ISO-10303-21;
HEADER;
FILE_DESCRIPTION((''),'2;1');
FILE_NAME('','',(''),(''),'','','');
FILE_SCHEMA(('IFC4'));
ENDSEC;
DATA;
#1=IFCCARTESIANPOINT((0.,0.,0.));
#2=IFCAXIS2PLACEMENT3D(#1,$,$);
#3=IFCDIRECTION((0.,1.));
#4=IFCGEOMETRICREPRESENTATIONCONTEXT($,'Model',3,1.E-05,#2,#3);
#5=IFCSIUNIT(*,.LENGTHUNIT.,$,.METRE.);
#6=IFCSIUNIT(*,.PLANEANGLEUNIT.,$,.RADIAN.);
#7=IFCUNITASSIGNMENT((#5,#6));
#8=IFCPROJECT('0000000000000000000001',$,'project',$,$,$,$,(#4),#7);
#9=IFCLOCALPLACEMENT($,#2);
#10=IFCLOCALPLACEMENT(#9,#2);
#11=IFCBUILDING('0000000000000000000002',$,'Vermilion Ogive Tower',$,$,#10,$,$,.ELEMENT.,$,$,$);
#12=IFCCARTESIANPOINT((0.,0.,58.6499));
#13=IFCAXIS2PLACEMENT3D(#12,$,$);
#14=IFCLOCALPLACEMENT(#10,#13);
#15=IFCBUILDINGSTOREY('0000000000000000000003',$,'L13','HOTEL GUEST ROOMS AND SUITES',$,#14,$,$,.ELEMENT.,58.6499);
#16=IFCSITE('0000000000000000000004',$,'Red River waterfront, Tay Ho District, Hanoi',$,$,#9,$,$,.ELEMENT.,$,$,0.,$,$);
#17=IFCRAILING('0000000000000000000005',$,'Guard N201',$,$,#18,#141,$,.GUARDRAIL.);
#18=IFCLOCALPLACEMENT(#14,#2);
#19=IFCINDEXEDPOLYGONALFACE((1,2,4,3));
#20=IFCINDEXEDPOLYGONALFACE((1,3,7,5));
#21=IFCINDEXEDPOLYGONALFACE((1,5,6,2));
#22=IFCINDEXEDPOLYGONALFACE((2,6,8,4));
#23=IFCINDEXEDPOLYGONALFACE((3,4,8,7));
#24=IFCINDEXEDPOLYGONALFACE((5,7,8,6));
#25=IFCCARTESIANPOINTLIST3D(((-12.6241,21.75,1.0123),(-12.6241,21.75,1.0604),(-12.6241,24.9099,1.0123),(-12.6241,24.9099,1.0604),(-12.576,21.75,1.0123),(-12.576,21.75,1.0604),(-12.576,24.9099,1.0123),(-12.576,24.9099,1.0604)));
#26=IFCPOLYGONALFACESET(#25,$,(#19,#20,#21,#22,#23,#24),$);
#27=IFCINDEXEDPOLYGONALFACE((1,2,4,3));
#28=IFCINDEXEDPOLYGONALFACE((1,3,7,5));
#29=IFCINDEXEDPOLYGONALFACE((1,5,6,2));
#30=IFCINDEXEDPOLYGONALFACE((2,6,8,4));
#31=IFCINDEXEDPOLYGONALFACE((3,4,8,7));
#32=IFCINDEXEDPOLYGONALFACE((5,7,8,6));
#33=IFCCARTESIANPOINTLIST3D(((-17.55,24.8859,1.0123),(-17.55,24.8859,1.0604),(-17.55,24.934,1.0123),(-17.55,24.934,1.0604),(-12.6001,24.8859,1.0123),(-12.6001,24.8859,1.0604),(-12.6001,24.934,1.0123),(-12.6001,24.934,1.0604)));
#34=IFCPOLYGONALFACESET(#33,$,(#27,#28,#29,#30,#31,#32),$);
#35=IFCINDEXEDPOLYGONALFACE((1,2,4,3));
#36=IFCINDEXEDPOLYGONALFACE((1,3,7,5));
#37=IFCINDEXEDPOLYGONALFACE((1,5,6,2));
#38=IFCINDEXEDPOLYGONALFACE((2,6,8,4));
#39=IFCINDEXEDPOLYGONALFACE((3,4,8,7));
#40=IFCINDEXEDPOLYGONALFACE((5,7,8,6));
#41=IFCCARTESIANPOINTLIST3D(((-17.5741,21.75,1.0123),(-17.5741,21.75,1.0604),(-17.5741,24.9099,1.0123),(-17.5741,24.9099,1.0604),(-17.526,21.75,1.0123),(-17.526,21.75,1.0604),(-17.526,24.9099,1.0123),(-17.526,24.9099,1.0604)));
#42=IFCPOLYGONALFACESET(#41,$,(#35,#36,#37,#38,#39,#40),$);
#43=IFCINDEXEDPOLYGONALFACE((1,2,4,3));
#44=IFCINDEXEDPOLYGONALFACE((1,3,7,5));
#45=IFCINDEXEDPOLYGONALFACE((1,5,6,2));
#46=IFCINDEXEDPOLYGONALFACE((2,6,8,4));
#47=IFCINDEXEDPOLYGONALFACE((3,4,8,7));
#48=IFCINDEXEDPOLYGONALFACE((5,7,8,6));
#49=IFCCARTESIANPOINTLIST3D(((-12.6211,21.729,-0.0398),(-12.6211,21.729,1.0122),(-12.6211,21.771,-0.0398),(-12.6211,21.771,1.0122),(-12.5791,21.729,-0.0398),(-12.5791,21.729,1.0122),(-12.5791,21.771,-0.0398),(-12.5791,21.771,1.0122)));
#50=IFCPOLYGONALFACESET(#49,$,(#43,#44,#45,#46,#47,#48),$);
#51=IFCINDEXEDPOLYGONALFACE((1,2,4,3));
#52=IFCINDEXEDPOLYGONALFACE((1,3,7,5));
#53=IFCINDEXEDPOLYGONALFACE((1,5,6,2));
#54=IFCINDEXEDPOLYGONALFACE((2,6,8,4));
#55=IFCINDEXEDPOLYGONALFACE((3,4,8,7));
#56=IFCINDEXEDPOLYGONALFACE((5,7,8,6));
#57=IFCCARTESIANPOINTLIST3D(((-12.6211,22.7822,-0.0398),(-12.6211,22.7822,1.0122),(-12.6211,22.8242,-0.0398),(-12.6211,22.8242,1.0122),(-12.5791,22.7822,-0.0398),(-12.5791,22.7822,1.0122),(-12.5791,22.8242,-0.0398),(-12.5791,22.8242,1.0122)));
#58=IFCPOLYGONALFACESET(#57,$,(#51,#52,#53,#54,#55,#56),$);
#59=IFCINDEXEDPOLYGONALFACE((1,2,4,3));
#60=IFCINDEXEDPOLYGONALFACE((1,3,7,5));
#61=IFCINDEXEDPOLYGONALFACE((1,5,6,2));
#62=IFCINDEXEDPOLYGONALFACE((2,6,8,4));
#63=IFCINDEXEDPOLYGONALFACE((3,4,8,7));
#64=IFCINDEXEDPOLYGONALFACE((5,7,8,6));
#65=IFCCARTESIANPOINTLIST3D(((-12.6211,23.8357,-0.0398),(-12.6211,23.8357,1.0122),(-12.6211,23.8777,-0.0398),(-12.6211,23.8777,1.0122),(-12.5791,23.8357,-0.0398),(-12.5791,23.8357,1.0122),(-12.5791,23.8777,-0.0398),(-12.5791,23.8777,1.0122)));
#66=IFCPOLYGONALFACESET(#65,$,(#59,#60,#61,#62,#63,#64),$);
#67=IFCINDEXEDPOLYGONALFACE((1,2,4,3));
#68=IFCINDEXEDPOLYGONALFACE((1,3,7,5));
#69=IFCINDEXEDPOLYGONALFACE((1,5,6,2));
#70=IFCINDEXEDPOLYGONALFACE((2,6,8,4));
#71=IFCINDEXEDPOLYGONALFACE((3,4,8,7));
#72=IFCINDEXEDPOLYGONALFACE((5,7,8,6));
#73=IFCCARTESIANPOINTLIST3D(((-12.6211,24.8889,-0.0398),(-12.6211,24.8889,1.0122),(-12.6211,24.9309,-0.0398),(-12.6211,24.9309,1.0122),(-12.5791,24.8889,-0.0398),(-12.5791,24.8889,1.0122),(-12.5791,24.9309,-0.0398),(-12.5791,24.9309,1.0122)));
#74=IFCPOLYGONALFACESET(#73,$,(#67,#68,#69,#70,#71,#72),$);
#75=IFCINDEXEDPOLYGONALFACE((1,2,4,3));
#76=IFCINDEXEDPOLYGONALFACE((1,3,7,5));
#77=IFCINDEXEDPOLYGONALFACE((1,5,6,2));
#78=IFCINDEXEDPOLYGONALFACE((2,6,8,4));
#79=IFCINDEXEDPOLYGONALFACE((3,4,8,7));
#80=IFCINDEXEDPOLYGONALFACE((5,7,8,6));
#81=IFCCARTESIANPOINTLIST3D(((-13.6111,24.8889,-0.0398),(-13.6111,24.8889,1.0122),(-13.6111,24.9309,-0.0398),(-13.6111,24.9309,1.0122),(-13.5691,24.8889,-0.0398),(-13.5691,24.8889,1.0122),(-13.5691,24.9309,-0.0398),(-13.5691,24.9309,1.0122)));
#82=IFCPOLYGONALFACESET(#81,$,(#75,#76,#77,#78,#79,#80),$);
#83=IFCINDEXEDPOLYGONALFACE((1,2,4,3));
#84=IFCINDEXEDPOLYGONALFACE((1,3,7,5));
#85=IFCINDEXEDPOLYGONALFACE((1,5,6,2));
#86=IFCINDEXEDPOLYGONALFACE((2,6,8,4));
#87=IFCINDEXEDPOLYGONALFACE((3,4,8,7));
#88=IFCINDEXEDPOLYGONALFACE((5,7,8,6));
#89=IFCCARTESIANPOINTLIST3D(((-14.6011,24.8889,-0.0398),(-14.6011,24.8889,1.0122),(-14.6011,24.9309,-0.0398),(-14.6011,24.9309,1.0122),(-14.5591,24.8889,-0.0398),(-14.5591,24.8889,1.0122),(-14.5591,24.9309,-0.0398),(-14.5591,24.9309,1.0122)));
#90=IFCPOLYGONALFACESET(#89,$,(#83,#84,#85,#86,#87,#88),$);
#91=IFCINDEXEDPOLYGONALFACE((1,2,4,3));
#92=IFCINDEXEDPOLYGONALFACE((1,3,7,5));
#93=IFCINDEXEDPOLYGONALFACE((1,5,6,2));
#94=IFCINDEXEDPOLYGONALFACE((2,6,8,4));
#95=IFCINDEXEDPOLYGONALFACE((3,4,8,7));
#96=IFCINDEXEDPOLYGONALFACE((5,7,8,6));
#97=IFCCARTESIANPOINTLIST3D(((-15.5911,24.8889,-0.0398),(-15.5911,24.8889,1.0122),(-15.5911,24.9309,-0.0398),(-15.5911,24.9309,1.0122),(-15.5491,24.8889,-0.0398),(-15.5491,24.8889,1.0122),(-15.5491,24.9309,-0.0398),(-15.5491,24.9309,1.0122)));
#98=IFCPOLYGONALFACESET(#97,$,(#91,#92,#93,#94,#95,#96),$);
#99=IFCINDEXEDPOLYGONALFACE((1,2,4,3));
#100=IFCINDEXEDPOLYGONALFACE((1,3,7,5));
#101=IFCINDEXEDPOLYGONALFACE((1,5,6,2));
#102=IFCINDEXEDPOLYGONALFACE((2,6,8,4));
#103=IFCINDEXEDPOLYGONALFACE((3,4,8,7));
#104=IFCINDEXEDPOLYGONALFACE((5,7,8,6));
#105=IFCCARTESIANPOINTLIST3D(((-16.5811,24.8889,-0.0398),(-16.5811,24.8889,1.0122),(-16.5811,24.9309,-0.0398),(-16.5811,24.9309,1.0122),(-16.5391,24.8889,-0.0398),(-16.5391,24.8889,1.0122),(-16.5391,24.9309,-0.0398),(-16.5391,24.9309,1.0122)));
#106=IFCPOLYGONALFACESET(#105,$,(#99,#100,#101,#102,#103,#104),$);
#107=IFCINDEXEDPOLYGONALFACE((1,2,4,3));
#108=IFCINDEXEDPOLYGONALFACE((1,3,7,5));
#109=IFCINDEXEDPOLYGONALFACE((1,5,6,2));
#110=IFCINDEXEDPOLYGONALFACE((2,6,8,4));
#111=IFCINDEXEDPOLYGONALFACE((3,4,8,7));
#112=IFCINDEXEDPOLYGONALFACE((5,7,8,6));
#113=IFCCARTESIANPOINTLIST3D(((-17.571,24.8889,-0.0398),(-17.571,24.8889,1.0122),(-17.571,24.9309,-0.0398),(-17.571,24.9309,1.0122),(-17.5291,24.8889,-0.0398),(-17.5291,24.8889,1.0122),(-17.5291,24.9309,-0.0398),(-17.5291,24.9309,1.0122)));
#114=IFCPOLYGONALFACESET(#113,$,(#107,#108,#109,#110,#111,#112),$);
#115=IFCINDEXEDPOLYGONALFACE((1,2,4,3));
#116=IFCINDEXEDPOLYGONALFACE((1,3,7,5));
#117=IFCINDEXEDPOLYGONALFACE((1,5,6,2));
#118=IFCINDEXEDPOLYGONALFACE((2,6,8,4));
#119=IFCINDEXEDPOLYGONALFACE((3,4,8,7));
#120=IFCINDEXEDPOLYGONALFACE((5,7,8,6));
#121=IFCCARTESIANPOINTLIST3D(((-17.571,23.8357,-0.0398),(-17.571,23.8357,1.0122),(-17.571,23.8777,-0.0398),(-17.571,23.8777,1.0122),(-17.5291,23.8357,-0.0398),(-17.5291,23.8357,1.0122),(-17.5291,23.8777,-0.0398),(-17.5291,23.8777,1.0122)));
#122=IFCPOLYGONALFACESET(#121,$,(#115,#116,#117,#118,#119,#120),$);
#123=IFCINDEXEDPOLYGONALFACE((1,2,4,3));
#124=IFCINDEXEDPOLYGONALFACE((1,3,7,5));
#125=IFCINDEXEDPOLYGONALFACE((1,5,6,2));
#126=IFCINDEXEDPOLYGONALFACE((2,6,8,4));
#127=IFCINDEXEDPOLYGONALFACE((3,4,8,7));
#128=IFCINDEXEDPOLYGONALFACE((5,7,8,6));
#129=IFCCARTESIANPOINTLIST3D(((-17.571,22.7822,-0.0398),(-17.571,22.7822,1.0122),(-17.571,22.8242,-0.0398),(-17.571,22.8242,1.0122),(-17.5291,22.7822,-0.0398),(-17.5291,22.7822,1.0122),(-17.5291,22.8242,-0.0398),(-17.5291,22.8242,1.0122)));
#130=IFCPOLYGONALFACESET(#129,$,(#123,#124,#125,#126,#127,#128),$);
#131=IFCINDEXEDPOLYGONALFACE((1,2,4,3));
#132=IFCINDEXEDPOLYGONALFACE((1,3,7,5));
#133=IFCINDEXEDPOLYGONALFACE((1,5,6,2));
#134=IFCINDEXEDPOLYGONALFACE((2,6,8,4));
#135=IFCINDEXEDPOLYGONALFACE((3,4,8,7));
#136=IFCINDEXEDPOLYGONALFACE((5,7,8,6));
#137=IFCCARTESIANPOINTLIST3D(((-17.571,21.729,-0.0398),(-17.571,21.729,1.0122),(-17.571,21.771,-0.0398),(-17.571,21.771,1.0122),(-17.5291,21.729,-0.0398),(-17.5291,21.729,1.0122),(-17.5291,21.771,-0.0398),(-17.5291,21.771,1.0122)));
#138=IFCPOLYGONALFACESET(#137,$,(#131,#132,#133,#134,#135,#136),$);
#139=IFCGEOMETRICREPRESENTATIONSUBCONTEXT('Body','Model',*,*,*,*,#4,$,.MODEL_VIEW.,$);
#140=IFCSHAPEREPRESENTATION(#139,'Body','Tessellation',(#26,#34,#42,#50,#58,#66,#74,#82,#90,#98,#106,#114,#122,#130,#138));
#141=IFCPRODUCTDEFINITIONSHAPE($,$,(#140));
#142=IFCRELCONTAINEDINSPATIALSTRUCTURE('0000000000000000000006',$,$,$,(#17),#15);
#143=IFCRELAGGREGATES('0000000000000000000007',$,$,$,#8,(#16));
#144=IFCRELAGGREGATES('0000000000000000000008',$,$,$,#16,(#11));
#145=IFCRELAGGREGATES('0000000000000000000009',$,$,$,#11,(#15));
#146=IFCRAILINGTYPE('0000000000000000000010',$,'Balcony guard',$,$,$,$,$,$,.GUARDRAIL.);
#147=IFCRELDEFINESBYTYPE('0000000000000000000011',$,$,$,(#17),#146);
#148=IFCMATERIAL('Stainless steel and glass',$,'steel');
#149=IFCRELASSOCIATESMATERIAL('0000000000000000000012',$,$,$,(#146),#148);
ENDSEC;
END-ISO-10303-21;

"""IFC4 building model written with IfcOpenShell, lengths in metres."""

from ifc_helpers import new_model, si_unit, direction, frame, origin, origin_2d, place, context, subcontext, project, spatial, rectangle, extrude, material, type_object, element, save


model = new_model("IFC4")

# Units and contexts
model_context = context("Model", 3, precision=1e-05, world=origin(), true_north=direction((0.0, 1.0)))
body_context = subcontext(model_context, "Body", "Model", "MODEL_VIEW")
ifc_project = project(units=[si_unit("LENGTHUNIT", "METRE"), si_unit("PLANEANGLEUNIT", "RADIAN")], contexts=[model_context])

# Site, building, storey
site_placement = place(None, origin())
site = spatial("IfcSite", under=ifc_project, at=site_placement, Name="Red River waterfront, Tay Ho District, Hanoi", CompositionType="ELEMENT", RefElevation=0.0)
building_placement = place(site_placement, origin())
building = spatial("IfcBuilding", under=site, at=building_placement, Name="Vermilion Ogive Tower", CompositionType="ELEMENT")
storey_placement = place(building_placement, frame((0.0, 0.0, 58.6499)))
storey = spatial("IfcBuildingStorey", under=building, at=storey_placement, Name="L13", Description="HOTEL GUEST ROOMS AND SUITES", CompositionType="ELEMENT", Elevation=58.6499)

# Railing
ifc_material_1 = material(Name="Stainless steel and glass", Category="steel")
railing_type = type_object("IfcRailingType", Name="Balcony guard", PredefinedType="GUARDRAIL", material=ifc_material_1)
railing_1_placement = place(storey_placement, frame((-12.6001, 21.75, -0.0398)))
element("IfcRailing", 1, at=railing_1_placement, inside=storey, type_object=railing_type, Name="Guard N201", PredefinedType="GUARDRAIL", context=body_context, shape_type="SweptSolid", body=[
    extrude(rectangle(XDim=0.0481, YDim=0.0481, at=origin_2d()), frame((0.0, 0.0, 1.0762), z_axis=(0.0, 1.0, 0.0), x_axis=(-1.0, 0.0, 0.0)), (0.0, 0.0, 1.0), 3.1599),
    extrude(rectangle(XDim=0.0481, YDim=0.0481, at=origin_2d()), frame((0.0, 3.1599, 1.0762), z_axis=(-1.0, 0.0, 0.0), x_axis=(0.0, -1.0, 0.0)), (0.0, 0.0, 1.0), 4.95),
    extrude(rectangle(XDim=0.0481, YDim=0.0481, at=origin_2d()), frame((-4.95, 3.1599, 1.0762), z_axis=(0.0, -1.0, 0.0), x_axis=(1.0, 0.0, 0.0)), (0.0, 0.0, 1.0), 3.1599),
    extrude(rectangle(XDim=0.042, YDim=0.042, at=origin_2d()), origin(), (0.0, 0.0, 1.0), 1.052),
    extrude(rectangle(XDim=0.042, YDim=0.042, at=origin_2d()), frame((0.0, 1.0532, 0.0)), (0.0, 0.0, 1.0), 1.052),
    extrude(rectangle(XDim=0.042, YDim=0.042, at=origin_2d()), frame((0.0, 2.1067, 0.0)), (0.0, 0.0, 1.0), 1.052),
    extrude(rectangle(XDim=0.042, YDim=0.042, at=origin_2d()), frame((0.0, 3.1599, 0.0)), (0.0, 0.0, 1.0), 1.052),
    extrude(rectangle(XDim=0.042, YDim=0.042, at=origin_2d()), frame((-0.99, 3.1599, 0.0)), (0.0, 0.0, 1.0), 1.052),
    extrude(rectangle(XDim=0.042, YDim=0.042, at=origin_2d()), frame((-1.98, 3.1599, 0.0)), (0.0, 0.0, 1.0), 1.052),
    extrude(rectangle(XDim=0.042, YDim=0.042, at=origin_2d()), frame((-2.97, 3.1599, 0.0)), (0.0, 0.0, 1.0), 1.052),
    extrude(rectangle(XDim=0.042, YDim=0.042, at=origin_2d()), frame((-3.96, 3.1599, 0.0)), (0.0, 0.0, 1.0), 1.052),
    extrude(rectangle(XDim=0.042, YDim=0.042, at=origin_2d()), frame((-4.95, 3.1599, 0.0)), (0.0, 0.0, 1.0), 1.052),
    extrude(rectangle(XDim=0.042, YDim=0.042, at=origin_2d()), frame((-4.95, 2.1067, 0.0)), (0.0, 0.0, 1.0), 1.052),
    extrude(rectangle(XDim=0.042, YDim=0.042, at=origin_2d()), frame((-4.95, 1.0532, 0.0)), (0.0, 0.0, 1.0), 1.052),
    extrude(rectangle(XDim=0.042, YDim=0.042, at=origin_2d()), frame((-4.95, 0.0, 0.0)), (0.0, 0.0, 1.0), 1.052),
])

save(model, "model.ifc")
